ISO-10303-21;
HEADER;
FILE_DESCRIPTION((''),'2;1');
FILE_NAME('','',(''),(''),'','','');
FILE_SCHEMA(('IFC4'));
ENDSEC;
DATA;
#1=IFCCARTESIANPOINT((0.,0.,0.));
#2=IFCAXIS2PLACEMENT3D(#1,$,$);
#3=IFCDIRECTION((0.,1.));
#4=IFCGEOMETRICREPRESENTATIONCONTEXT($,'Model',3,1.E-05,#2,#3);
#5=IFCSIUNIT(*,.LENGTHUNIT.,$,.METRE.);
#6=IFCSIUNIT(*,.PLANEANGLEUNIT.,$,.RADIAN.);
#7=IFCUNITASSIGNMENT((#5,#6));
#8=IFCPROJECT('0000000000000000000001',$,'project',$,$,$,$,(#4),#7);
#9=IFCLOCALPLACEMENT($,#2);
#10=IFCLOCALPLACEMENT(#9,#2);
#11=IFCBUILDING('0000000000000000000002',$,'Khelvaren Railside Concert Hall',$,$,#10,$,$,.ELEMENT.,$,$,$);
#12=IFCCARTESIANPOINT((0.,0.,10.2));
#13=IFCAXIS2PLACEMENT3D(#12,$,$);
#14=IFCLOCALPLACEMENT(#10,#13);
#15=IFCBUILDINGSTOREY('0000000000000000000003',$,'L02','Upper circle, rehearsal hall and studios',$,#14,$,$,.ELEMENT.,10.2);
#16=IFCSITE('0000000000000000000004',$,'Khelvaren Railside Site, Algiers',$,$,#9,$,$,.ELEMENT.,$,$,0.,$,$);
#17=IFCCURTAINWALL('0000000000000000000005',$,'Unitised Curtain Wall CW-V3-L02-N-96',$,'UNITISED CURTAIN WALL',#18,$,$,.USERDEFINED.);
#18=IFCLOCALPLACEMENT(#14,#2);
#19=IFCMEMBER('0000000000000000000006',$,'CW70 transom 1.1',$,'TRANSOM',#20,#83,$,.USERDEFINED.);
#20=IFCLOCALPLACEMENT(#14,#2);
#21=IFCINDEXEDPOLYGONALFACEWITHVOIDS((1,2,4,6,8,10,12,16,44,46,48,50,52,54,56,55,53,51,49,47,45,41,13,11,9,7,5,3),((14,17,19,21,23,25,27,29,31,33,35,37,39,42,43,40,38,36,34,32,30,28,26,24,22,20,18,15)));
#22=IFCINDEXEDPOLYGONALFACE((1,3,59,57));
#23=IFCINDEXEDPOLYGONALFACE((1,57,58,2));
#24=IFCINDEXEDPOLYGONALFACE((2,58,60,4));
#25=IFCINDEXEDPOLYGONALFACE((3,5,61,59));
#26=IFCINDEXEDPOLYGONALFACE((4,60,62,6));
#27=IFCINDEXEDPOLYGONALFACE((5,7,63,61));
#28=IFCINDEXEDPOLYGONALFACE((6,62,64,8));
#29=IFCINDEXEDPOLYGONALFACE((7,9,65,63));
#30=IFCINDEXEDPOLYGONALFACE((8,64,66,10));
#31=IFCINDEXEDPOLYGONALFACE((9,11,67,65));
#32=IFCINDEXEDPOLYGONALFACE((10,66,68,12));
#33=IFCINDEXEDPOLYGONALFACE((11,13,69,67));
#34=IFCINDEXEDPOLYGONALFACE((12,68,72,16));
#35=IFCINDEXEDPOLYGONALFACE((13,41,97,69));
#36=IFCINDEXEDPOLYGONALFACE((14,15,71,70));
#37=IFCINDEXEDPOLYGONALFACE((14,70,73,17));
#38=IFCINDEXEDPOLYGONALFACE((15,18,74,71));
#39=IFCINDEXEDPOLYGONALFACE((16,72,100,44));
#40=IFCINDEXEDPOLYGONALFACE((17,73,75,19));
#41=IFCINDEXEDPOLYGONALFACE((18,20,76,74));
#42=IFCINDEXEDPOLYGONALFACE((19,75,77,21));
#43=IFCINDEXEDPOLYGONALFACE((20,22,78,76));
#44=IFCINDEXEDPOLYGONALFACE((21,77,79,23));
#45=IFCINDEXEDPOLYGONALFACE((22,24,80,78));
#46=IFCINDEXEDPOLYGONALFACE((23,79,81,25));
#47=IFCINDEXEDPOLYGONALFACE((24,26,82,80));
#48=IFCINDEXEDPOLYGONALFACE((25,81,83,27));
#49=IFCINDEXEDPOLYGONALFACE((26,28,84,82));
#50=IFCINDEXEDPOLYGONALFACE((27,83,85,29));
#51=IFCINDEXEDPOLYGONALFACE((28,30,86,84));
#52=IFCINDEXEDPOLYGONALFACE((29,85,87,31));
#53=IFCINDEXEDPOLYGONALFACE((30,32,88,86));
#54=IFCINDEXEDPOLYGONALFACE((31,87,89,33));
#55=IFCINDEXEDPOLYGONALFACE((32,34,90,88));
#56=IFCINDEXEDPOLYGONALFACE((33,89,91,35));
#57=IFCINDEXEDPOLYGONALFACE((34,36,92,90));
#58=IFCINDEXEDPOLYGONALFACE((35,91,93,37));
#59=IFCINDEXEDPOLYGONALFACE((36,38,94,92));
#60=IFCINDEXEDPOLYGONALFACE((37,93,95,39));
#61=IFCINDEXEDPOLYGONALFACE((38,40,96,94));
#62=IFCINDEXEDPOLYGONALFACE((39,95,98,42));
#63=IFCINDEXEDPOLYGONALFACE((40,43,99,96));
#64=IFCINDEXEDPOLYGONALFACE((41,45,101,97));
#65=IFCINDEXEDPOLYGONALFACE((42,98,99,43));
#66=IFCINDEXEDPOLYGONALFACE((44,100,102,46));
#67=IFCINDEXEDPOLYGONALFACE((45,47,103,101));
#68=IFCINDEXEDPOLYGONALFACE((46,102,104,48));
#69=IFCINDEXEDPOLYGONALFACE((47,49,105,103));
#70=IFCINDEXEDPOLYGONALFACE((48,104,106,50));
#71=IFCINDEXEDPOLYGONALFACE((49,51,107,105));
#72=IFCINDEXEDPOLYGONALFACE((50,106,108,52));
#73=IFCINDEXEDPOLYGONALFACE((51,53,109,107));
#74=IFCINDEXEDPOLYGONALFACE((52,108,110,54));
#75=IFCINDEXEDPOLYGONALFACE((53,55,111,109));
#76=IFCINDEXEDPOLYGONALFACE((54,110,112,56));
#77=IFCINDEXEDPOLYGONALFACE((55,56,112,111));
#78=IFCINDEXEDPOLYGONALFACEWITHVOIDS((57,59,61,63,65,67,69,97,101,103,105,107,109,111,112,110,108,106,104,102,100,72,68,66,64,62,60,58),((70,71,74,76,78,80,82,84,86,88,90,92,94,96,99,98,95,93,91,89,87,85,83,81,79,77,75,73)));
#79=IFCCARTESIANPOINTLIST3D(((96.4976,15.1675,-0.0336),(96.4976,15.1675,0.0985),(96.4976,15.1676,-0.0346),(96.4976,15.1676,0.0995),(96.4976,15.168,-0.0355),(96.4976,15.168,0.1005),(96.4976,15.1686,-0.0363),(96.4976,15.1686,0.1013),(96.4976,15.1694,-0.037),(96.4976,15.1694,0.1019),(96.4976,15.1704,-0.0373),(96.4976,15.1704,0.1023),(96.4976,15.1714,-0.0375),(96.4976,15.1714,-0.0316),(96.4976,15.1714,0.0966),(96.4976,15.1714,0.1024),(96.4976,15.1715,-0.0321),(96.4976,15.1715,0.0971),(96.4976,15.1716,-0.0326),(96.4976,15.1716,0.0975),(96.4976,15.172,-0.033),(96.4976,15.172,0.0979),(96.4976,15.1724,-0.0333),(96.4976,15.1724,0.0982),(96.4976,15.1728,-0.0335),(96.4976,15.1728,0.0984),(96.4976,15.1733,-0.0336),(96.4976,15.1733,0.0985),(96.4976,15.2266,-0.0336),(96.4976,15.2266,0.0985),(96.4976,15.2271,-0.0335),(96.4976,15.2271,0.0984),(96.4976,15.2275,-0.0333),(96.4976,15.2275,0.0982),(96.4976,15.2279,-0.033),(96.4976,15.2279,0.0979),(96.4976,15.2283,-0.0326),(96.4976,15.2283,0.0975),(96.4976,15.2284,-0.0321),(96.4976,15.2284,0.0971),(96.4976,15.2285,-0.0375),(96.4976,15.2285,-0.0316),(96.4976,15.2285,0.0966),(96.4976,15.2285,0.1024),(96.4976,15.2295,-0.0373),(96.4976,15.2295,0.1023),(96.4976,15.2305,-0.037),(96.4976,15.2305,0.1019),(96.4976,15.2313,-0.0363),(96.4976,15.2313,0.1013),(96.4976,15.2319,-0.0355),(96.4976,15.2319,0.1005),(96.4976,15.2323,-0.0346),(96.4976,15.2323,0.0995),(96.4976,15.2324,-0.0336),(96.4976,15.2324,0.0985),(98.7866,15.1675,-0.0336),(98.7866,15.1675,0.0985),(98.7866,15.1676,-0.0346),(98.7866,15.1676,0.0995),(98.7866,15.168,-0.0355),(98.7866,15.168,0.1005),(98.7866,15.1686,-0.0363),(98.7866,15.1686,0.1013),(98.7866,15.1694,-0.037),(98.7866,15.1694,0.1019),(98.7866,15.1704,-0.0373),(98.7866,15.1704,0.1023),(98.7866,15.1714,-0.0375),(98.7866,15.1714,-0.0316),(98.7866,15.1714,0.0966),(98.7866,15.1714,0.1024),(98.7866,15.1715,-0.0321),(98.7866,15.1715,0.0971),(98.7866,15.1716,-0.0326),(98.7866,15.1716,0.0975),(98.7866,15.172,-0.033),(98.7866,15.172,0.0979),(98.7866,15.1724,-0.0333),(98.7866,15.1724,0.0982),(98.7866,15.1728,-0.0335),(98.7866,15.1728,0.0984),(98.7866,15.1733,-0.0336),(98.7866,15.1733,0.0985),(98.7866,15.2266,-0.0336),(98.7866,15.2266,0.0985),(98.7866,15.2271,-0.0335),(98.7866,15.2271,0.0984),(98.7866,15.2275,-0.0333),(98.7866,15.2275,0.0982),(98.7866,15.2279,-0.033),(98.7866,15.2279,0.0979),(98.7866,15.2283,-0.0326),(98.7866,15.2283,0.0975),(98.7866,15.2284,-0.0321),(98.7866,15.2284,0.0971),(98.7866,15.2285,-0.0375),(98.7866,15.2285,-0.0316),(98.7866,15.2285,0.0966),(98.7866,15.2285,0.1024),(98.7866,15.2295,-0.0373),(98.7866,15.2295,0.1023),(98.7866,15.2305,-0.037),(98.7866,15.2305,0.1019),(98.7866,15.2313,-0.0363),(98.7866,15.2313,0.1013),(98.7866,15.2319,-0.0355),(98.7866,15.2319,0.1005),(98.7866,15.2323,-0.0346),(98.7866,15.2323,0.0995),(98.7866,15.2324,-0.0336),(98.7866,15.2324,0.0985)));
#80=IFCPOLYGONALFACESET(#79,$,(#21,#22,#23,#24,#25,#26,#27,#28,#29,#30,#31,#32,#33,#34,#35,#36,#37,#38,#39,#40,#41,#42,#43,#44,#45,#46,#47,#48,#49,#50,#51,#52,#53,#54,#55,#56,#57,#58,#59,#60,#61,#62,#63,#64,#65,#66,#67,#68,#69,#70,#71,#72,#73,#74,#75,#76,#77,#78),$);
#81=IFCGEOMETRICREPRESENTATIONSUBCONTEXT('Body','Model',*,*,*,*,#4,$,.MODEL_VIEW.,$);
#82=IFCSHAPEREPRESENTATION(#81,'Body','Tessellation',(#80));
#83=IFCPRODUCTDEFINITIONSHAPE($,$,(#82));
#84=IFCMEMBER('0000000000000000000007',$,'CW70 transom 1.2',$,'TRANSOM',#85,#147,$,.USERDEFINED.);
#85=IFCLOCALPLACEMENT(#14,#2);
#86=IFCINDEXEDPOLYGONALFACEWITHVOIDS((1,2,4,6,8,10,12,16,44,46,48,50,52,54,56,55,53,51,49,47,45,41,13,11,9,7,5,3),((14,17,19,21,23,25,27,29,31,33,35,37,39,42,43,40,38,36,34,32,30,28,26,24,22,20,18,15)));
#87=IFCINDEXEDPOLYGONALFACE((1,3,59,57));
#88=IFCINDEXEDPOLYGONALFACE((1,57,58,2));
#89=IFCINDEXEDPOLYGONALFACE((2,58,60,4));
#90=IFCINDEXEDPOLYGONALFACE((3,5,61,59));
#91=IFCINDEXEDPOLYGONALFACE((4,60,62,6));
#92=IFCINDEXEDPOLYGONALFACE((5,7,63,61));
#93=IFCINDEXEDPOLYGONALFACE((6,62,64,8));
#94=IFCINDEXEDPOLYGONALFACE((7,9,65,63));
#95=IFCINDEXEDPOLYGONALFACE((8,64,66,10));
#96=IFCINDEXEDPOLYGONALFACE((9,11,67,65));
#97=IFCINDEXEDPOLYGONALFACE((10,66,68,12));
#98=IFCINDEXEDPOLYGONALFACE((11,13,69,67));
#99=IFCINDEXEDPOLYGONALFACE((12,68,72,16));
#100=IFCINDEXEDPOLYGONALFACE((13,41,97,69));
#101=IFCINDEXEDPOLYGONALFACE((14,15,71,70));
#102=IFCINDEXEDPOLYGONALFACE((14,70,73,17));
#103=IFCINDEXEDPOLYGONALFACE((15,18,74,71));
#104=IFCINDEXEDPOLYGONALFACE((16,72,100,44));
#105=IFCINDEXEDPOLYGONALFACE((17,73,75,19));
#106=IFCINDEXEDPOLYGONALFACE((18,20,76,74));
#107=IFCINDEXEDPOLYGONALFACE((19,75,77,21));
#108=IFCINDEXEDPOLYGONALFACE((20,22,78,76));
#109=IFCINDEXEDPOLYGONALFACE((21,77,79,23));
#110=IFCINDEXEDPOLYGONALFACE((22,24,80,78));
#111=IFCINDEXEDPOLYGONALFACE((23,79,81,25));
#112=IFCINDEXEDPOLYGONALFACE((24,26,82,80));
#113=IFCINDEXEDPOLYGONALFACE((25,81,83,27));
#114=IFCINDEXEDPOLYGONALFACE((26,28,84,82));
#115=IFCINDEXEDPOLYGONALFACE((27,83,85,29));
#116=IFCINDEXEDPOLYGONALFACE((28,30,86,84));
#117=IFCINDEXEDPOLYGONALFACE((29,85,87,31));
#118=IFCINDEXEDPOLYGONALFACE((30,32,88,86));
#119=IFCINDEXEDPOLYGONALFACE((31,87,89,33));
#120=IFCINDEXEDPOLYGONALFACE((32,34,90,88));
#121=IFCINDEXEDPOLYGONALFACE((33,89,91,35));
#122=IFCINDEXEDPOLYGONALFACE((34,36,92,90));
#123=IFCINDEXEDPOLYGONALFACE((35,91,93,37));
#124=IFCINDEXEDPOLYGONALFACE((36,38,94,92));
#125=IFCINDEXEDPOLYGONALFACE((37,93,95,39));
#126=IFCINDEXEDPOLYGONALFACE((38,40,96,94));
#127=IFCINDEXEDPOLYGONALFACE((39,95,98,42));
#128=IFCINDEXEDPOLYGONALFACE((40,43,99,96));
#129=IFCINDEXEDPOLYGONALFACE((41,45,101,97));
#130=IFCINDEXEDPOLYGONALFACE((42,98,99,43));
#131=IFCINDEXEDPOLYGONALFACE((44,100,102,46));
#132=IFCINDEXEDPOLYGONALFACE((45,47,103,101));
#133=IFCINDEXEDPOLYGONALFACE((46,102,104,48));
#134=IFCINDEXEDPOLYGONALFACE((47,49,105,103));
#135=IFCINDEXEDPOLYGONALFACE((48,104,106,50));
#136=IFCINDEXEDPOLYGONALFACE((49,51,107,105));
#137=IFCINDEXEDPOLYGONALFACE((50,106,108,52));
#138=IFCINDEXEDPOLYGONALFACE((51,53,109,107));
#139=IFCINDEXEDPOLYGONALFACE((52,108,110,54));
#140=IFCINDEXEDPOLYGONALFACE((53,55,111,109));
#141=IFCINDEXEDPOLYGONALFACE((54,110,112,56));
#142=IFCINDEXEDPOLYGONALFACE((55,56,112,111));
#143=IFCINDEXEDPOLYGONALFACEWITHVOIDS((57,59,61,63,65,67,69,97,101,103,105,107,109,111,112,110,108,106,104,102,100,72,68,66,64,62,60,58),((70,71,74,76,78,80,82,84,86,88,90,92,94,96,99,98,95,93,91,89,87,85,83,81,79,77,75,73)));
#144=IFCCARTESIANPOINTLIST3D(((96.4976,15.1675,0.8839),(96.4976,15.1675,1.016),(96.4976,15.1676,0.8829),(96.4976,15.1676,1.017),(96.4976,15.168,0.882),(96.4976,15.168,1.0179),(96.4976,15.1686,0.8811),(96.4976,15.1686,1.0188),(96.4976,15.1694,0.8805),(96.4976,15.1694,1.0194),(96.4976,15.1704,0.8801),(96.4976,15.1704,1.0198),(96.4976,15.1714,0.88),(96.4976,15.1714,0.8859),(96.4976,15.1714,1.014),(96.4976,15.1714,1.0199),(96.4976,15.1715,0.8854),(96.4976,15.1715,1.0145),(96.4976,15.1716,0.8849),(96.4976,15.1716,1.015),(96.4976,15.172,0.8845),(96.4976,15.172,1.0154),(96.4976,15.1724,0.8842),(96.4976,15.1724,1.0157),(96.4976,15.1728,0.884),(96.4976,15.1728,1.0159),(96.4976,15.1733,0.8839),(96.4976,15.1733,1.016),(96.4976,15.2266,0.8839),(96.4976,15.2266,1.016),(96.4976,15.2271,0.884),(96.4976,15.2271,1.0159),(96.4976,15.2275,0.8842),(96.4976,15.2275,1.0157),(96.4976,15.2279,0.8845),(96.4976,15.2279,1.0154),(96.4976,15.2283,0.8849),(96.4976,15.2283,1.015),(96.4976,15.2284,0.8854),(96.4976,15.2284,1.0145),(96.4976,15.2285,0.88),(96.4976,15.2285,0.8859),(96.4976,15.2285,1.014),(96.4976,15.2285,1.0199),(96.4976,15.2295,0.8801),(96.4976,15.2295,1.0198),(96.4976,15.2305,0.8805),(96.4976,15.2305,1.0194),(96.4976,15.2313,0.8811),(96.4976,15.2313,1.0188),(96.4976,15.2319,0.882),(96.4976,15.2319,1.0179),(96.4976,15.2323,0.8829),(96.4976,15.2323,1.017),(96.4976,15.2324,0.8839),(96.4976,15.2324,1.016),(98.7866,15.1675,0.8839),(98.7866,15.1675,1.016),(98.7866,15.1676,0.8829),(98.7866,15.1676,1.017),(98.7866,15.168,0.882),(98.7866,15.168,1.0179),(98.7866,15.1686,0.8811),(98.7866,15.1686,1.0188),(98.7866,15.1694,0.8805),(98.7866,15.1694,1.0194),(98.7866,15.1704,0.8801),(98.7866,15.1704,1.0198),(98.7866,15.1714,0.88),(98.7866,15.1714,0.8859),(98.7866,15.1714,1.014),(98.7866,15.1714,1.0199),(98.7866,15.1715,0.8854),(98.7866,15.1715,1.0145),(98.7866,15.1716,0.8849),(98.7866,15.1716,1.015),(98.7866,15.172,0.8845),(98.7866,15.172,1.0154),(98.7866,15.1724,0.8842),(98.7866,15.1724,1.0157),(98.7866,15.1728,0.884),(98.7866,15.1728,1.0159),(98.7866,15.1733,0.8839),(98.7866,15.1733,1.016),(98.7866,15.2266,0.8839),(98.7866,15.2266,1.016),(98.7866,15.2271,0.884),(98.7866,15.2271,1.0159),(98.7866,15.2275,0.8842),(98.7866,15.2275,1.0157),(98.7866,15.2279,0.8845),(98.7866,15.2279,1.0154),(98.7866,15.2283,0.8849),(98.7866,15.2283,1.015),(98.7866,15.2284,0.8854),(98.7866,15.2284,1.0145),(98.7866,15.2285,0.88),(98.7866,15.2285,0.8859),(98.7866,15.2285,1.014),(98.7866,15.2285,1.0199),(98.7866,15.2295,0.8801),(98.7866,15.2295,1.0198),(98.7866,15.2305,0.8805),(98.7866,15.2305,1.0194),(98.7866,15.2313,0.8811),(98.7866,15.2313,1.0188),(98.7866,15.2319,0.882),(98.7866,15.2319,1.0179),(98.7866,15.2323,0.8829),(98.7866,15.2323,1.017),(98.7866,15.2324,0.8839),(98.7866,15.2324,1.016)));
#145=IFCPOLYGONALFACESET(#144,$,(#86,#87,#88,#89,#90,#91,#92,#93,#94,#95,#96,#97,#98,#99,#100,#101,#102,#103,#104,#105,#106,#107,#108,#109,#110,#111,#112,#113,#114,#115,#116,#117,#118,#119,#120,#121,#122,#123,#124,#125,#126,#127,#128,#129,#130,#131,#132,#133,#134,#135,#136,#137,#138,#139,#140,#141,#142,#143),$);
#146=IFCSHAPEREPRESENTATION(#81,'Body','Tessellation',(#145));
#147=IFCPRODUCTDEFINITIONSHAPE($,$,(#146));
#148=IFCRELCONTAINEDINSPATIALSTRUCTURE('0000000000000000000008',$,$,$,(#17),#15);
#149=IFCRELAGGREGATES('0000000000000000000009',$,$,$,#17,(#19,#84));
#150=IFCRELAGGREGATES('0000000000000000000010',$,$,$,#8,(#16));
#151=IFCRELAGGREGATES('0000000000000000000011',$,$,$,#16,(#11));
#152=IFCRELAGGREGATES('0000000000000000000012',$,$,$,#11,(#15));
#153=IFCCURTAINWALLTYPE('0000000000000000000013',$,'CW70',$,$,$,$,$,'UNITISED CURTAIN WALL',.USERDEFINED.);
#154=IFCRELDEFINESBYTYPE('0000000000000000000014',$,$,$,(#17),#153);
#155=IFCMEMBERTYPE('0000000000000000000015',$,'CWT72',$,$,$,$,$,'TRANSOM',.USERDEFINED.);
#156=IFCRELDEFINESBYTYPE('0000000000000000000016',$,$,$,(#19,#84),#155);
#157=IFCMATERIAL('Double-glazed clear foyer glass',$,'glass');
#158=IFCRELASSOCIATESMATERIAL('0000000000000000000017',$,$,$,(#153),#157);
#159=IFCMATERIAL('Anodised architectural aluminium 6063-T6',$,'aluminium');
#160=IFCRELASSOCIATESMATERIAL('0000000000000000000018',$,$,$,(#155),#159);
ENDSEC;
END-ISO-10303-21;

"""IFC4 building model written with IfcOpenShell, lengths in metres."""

from ifc_helpers import new_model, si_unit, direction, frame, origin, origin_2d, place, context, subcontext, project, spatial, hollow_rectangle, extrude, material, material_profile, profile_set, type_object, element, aggregate, save


model = new_model("IFC4")

# Units and contexts
model_context = context("Model", 3, precision=1e-05, world=origin(), true_north=direction((0.0, 1.0)))
body_context = subcontext(model_context, "Body", "Model", "MODEL_VIEW")
ifc_project = project(units=[si_unit("LENGTHUNIT", "METRE"), si_unit("PLANEANGLEUNIT", "RADIAN")], contexts=[model_context])

# Site, building, storey
site_placement = place(None, origin())
site = spatial("IfcSite", under=ifc_project, at=site_placement, Name="Khelvaren Railside Site, Algiers", CompositionType="ELEMENT", RefElevation=0.0)
building_placement = place(site_placement, origin())
building = spatial("IfcBuilding", under=site, at=building_placement, Name="Khelvaren Railside Concert Hall", CompositionType="ELEMENT")
storey_placement = place(building_placement, frame((0.0, 0.0, 10.2)))
storey = spatial("IfcBuildingStorey", under=building, at=storey_placement, Name="L02", Description="Upper circle, rehearsal hall and studios", CompositionType="ELEMENT", Elevation=10.2)

# Shared definitions
ifc_material_1 = material(Name="Double-glazed clear foyer glass", Category="glass")
ifc_material_2 = material(Name="Anodised architectural aluminium 6063-T6", Category="aluminium")

# Curtain wall, members
curtain_wall_type_1 = type_object("IfcCurtainWallType", Name="CW70", ElementType="UNITISED CURTAIN WALL", PredefinedType="USERDEFINED", material=ifc_material_1)
curtain_wall_1_placement = place(storey_placement, origin())
curtain_wall_1 = element("IfcCurtainWall", 1, at=curtain_wall_1_placement, inside=storey, type_object=curtain_wall_type_1, Name="Unitised Curtain Wall CW-V3-L02-N-96", ObjectType="UNITISED CURTAIN WALL", PredefinedType="USERDEFINED")
ifc_material_profile_1 = material_profile(ifc_material_2, hollow_rectangle(XDim=0.0649, YDim=0.1399, WallThickness=0.0039, InnerFilletRadius=0.002, OuterFilletRadius=0.0039, at=origin_2d()), Name="CWT 65x140x4")
ifc_profile_set_1 = profile_set([ifc_material_profile_1], Name="Anodised architectural aluminium 6063-T6")
member_type_1 = type_object("IfcMemberType", Name="CWT72", ElementType="TRANSOM", PredefinedType="USERDEFINED", material=ifc_profile_set_1)
member_1_placement = place(storey_placement, frame((96.4976, 15.2, 0.0325), z_axis=(1.0, 0.0, 0.0), x_axis=(0.0, 1.0, 0.0)))
member_1 = element("IfcMember", 2, at=member_1_placement, type_object=member_type_1, Name="CW70 transom 1.1", ObjectType="TRANSOM", PredefinedType="USERDEFINED", context=body_context, shape_type="SweptSolid", body=[
    extrude(hollow_rectangle(XDim=0.0649, YDim=0.1399, WallThickness=0.0039, InnerFilletRadius=0.002, OuterFilletRadius=0.0039, at=origin_2d()), origin(), (0.0, 0.0, 1.0), 2.2891),
])
member_2_placement = place(storey_placement, frame((96.4976, 15.2, 0.95), z_axis=(1.0, 0.0, 0.0), x_axis=(0.0, 1.0, 0.0)))
member_2 = element("IfcMember", 3, at=member_2_placement, type_object=member_type_1, Name="CW70 transom 1.2", ObjectType="TRANSOM", PredefinedType="USERDEFINED", context=body_context, shape_type="SweptSolid", body=[
    extrude(hollow_rectangle(XDim=0.0649, YDim=0.1399, WallThickness=0.0039, InnerFilletRadius=0.002, OuterFilletRadius=0.0039, at=origin_2d()), origin(), (0.0, 0.0, 1.0), 2.2891),
])

aggregate(curtain_wall_1, [member_1, member_2])

save(model, "model.ifc")
